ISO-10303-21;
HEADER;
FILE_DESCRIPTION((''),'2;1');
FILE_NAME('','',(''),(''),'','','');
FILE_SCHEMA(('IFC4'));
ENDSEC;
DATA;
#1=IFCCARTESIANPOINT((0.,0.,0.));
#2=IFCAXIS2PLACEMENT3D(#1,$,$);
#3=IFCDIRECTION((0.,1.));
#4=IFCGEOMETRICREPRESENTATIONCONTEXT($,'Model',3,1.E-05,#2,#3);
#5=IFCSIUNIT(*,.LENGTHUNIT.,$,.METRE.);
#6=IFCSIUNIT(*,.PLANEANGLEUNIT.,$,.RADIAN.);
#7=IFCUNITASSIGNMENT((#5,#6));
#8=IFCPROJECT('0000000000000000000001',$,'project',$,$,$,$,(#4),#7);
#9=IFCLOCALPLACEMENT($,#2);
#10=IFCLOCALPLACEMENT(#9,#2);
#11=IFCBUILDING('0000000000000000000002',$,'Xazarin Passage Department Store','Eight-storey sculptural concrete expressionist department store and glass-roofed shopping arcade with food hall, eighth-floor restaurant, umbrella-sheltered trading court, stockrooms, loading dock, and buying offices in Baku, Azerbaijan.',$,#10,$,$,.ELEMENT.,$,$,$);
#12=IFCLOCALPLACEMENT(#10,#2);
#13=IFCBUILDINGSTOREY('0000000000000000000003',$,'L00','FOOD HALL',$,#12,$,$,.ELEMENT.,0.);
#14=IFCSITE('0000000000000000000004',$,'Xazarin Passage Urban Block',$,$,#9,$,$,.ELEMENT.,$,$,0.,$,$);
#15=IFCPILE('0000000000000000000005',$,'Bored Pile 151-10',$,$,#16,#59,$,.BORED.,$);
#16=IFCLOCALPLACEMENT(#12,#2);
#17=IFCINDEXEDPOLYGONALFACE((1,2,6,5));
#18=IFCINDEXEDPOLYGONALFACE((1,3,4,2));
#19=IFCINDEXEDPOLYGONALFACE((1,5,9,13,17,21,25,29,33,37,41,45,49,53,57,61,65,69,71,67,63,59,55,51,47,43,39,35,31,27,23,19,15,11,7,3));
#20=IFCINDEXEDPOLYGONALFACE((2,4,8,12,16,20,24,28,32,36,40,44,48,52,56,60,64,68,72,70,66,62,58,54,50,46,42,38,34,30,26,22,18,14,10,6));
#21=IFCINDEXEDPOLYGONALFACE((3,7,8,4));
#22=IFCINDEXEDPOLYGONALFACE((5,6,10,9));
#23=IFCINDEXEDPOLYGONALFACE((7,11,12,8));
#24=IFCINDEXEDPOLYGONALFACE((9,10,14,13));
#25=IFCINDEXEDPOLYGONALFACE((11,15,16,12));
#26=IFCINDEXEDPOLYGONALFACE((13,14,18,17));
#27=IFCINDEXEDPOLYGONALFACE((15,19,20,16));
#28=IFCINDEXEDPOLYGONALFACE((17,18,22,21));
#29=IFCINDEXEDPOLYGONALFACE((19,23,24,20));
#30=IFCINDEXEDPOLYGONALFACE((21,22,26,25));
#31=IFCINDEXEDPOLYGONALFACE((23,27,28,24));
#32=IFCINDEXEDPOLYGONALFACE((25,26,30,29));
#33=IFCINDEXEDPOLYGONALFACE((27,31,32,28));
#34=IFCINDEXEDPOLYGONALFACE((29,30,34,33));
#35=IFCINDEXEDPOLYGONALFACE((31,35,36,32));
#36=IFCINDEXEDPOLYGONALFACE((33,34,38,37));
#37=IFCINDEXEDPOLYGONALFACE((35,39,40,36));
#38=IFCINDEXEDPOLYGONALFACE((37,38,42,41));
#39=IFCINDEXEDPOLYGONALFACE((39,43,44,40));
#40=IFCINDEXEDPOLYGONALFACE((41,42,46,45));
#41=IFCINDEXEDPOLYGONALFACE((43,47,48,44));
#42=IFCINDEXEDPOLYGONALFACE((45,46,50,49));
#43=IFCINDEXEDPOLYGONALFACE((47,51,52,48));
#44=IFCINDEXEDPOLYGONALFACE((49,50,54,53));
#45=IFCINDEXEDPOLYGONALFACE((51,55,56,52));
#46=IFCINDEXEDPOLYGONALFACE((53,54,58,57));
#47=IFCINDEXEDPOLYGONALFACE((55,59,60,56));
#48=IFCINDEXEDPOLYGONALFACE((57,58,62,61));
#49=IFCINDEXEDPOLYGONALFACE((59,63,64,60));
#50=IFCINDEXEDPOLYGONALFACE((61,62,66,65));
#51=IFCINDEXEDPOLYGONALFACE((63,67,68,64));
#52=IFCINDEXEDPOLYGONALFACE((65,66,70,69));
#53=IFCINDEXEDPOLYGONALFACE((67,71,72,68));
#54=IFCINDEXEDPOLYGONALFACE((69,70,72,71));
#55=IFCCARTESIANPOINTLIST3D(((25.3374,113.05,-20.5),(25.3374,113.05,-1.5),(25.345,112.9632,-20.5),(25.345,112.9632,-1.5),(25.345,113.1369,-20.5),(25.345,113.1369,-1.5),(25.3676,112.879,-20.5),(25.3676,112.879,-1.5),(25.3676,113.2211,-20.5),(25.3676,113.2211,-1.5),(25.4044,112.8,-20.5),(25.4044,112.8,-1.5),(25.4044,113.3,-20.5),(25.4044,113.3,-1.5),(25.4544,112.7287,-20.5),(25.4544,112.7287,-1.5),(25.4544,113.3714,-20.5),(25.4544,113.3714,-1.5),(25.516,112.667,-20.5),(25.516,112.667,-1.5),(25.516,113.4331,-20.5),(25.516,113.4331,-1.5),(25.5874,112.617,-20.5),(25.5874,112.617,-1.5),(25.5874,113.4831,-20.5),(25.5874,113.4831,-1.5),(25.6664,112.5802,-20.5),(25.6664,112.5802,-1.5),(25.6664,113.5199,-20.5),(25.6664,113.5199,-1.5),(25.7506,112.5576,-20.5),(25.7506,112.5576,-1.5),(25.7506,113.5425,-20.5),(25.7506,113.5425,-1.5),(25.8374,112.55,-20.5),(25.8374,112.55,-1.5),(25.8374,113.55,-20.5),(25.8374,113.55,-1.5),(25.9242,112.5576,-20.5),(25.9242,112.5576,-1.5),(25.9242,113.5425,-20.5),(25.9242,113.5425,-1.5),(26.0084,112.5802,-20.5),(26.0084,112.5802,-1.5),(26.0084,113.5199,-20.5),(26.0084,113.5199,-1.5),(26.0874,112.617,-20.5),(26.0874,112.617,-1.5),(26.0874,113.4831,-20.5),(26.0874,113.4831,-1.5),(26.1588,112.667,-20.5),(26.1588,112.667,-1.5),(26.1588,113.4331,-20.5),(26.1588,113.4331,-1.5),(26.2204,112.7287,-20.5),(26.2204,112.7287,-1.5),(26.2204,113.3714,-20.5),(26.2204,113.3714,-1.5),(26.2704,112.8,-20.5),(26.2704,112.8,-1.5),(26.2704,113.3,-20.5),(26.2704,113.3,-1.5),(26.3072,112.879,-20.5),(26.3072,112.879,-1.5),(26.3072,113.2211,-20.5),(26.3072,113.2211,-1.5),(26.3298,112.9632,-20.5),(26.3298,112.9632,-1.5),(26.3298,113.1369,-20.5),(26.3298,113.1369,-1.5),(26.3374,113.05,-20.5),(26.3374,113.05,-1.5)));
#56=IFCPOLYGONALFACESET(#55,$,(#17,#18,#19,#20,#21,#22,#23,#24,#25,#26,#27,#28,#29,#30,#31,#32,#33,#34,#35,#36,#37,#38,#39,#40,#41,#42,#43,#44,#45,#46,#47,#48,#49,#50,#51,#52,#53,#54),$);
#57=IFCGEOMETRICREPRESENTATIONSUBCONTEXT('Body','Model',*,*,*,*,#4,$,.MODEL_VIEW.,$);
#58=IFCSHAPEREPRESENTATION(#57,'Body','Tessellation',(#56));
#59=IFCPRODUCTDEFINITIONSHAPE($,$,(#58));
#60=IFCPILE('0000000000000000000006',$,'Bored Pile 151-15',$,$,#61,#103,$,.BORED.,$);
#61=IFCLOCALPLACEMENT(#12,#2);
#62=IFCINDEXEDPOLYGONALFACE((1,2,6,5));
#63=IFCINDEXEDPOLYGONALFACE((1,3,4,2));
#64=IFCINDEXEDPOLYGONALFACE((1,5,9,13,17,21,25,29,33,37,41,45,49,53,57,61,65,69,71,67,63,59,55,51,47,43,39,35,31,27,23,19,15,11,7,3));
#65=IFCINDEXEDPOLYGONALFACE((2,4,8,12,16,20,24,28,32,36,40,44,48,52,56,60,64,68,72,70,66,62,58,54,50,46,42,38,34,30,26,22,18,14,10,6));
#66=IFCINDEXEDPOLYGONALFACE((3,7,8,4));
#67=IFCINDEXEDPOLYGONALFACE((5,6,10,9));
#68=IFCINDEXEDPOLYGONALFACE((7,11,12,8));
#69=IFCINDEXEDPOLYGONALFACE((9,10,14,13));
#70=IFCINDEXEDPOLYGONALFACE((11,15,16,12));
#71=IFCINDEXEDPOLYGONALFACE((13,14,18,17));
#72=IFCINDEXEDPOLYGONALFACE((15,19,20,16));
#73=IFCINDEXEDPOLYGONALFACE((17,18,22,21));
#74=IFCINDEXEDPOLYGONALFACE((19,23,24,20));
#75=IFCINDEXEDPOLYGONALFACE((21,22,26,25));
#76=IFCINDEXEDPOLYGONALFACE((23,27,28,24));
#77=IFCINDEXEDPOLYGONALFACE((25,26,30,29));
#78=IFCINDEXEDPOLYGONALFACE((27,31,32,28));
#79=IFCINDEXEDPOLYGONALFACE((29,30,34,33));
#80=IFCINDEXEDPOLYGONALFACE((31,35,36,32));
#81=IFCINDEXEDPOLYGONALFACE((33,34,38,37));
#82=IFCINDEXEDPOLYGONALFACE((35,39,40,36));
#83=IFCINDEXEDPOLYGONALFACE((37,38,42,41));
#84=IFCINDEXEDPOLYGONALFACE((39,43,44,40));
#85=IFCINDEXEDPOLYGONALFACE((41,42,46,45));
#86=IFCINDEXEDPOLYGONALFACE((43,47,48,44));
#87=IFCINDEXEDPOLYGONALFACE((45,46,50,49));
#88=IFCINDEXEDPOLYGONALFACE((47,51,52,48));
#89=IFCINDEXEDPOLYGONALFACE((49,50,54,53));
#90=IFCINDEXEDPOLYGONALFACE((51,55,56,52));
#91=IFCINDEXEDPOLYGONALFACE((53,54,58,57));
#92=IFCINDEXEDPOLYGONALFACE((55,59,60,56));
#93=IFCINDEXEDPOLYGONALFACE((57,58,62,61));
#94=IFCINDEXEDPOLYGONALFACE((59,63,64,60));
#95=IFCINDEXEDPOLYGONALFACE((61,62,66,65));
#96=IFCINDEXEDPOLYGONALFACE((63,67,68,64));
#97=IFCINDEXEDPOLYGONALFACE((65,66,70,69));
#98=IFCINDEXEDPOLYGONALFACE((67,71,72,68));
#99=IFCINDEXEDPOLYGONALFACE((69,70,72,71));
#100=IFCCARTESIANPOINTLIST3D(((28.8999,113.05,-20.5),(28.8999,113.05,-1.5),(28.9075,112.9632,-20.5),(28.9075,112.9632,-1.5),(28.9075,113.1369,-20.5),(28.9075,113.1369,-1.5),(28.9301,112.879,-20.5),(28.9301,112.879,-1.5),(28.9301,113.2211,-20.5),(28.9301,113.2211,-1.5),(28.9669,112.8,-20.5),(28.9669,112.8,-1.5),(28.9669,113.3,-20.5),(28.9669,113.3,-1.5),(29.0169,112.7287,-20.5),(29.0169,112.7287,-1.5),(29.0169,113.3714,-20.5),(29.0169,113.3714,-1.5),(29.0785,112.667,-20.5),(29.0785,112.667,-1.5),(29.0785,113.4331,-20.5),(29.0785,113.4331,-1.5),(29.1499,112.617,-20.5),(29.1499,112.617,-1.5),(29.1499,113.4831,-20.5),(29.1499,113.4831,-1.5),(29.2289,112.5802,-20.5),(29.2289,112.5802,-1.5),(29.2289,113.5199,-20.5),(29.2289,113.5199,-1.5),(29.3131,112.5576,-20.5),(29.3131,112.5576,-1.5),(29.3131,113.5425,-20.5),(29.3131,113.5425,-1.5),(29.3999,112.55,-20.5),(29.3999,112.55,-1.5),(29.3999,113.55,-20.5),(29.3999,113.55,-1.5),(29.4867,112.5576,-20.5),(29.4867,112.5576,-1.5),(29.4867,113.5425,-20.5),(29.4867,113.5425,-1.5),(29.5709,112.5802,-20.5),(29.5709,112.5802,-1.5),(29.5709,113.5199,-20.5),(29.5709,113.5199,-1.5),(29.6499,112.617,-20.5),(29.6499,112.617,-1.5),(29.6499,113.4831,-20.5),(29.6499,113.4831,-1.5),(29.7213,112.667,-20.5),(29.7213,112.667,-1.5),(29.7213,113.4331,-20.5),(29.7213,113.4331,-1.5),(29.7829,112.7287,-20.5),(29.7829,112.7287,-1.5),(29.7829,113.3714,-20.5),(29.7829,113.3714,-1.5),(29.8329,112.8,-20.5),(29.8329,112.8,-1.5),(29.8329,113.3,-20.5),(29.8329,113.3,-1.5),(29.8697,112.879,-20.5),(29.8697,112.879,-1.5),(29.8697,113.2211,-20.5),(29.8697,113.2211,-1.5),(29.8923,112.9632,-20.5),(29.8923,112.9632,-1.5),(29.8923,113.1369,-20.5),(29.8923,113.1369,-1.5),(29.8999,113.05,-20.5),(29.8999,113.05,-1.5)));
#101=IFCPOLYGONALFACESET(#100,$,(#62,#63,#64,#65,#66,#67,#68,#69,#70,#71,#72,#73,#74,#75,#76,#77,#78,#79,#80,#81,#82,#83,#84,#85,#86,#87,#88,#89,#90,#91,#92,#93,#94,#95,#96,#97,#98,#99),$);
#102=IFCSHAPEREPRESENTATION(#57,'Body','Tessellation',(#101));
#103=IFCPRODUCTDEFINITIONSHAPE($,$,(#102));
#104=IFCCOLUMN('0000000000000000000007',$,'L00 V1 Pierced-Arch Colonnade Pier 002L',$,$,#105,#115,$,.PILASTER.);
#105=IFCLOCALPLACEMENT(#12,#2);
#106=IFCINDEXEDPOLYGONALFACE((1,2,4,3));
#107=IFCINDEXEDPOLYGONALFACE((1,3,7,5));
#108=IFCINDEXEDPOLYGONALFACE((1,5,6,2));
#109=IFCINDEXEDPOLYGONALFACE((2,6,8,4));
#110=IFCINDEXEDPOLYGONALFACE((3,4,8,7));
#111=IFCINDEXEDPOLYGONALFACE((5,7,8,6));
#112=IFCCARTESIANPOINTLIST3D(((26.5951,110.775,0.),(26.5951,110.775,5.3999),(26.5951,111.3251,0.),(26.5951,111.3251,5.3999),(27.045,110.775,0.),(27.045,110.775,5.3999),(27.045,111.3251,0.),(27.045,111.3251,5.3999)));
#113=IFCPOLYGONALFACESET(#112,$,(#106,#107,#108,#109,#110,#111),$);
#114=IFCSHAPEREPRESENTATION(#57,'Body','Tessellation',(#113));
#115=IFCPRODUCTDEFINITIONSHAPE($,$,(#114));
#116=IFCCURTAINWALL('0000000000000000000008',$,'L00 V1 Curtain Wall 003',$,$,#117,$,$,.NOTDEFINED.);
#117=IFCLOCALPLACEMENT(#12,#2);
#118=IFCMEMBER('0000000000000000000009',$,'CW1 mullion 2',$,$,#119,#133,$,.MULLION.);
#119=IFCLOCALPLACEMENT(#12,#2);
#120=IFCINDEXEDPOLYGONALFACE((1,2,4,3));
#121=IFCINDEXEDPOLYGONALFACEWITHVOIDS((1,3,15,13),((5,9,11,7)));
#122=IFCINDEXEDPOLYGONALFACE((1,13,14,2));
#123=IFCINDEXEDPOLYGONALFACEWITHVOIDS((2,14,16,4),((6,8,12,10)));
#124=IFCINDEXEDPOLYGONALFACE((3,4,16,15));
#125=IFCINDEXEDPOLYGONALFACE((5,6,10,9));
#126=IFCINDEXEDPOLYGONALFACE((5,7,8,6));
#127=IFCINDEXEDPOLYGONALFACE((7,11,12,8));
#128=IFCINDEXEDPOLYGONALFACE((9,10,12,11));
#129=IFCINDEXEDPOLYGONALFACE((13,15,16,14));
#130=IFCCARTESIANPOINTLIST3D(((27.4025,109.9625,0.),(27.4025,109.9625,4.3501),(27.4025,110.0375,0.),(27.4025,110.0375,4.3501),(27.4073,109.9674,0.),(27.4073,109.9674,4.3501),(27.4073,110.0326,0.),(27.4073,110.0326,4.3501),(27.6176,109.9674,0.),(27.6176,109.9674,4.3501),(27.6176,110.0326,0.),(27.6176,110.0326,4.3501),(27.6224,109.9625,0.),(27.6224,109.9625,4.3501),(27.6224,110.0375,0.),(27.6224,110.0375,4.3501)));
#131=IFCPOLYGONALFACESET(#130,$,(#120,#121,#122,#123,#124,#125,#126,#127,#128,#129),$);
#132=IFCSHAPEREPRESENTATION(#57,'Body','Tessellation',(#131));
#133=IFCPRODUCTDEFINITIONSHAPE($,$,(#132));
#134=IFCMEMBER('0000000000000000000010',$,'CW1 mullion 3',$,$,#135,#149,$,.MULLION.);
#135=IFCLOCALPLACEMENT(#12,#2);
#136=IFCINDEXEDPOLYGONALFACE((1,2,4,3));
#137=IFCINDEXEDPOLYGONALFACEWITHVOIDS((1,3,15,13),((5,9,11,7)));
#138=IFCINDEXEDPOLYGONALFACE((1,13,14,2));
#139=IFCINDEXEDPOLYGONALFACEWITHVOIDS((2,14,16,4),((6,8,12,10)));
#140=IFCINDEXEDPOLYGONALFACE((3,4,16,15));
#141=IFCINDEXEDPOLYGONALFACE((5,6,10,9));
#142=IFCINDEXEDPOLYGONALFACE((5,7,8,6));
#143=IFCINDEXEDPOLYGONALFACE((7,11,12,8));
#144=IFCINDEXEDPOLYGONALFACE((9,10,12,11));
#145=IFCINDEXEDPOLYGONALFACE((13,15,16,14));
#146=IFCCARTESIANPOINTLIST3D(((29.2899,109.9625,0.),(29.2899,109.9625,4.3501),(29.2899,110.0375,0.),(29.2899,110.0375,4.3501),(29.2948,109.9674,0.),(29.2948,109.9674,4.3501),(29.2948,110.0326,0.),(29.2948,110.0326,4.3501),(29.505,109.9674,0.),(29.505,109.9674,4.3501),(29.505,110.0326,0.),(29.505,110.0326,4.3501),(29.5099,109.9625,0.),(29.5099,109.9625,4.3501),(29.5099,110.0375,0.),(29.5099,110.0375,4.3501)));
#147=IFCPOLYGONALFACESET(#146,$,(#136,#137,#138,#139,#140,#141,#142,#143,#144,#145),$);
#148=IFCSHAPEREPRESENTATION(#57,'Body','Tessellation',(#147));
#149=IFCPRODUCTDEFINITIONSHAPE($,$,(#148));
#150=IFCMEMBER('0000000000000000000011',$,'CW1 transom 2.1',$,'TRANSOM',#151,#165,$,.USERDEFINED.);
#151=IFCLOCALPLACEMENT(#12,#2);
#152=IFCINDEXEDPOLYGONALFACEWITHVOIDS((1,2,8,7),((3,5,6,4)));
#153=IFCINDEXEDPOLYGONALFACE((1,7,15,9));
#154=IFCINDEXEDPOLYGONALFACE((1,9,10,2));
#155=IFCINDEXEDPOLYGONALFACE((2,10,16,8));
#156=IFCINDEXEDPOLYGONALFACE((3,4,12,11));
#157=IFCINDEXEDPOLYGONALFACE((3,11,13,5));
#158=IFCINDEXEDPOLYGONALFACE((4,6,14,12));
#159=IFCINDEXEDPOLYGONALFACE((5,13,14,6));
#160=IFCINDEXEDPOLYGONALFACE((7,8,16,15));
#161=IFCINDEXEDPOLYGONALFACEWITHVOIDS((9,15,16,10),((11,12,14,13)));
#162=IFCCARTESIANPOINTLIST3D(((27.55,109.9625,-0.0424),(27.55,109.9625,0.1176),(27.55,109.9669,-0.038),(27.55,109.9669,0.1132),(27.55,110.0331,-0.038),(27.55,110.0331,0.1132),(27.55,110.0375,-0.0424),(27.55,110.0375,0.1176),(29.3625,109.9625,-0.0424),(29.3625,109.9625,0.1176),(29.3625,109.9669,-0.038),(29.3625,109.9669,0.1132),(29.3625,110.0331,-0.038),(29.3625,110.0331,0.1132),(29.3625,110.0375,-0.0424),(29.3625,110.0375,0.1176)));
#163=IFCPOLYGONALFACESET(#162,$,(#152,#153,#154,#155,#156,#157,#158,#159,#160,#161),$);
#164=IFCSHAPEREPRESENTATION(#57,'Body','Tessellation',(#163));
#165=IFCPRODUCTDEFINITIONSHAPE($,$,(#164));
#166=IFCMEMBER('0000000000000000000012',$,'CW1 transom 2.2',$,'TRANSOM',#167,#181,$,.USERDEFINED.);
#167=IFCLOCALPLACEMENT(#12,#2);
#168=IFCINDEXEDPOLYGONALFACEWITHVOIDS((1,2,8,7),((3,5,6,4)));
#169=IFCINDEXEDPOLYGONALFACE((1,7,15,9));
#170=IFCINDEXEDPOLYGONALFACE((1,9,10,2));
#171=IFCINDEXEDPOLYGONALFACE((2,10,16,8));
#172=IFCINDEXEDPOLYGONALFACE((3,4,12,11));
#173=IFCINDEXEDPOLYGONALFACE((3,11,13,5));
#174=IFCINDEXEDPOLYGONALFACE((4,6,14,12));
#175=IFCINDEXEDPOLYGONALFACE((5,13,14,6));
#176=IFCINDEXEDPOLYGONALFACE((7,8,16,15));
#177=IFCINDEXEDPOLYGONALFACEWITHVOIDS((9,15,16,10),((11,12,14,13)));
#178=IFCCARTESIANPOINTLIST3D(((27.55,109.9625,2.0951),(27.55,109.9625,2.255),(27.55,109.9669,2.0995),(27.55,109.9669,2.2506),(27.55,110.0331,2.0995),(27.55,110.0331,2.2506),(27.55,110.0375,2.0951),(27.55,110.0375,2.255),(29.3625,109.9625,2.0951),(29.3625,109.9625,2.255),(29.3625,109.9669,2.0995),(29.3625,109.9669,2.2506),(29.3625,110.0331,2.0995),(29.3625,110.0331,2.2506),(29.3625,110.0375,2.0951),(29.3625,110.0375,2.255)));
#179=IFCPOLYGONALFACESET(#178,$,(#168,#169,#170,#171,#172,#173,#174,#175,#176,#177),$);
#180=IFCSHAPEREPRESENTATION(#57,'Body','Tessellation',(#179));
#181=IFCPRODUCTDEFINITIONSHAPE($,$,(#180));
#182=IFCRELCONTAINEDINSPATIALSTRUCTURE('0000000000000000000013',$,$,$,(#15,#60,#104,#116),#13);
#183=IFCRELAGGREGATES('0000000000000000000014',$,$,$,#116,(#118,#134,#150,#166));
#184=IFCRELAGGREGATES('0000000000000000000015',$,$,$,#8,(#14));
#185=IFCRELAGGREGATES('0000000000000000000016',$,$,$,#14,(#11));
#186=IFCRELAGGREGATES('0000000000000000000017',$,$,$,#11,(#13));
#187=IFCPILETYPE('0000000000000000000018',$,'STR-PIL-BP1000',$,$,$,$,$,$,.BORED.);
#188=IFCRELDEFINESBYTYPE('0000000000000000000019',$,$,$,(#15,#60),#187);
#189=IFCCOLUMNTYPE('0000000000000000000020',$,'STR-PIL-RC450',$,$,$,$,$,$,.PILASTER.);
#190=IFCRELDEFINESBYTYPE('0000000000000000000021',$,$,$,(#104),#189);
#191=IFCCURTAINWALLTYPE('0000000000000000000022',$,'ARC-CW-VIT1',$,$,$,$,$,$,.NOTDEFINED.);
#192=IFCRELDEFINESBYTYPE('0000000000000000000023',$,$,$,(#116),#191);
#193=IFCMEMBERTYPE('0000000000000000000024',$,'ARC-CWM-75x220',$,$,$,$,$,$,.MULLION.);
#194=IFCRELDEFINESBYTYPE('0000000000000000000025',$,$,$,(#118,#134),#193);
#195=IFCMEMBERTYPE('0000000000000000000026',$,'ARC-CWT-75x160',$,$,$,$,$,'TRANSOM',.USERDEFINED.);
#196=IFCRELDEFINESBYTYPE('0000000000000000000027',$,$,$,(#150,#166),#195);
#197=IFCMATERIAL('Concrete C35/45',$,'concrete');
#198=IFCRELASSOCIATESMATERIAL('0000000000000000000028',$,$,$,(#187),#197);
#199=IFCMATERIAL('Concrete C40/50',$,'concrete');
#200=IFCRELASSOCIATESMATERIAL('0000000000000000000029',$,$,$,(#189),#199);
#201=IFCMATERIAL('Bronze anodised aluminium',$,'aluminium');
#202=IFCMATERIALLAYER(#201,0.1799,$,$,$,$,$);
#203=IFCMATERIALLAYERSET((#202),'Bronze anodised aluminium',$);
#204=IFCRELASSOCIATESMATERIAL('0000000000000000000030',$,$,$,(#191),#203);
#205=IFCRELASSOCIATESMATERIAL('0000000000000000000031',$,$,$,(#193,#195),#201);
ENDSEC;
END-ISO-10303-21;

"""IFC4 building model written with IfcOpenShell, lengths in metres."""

from ifc_helpers import new_model, si_unit, direction, frame, origin, origin_2d, place, context, subcontext, project, spatial, rectangle, hollow_rectangle, circle, extrude, material, layer, layer_set, material_profile, profile_set, type_object, element, aggregate, save


model = new_model("IFC4")

# Units and contexts
model_context = context("Model", 3, precision=1e-05, world=origin(), true_north=direction((0.0, 1.0)))
body_context = subcontext(model_context, "Body", "Model", "MODEL_VIEW")
ifc_project = project(units=[si_unit("LENGTHUNIT", "METRE"), si_unit("PLANEANGLEUNIT", "RADIAN")], contexts=[model_context])

# Site, building, storey
site_placement = place(None, origin())
site = spatial("IfcSite", under=ifc_project, at=site_placement, Name="Xazarin Passage Urban Block", CompositionType="ELEMENT", RefElevation=0.0)
building_placement = place(site_placement, origin())
building = spatial("IfcBuilding", under=site, at=building_placement, Name="Xazarin Passage Department Store", Description="Eight-storey sculptural concrete expressionist department store and glass-roofed shopping arcade with food hall, eighth-floor restaurant, umbrella-sheltered trading court, stockrooms, loading dock, and buying offices in Baku, Azerbaijan.", CompositionType="ELEMENT")
storey_placement = place(building_placement, origin())
storey = spatial("IfcBuildingStorey", under=building, at=storey_placement, Name="L00", Description="FOOD HALL", CompositionType="ELEMENT", Elevation=0.0)

# Piles
ifc_material_1 = material(Name="Concrete C35/45", Category="concrete")
ifc_material_profile_1 = material_profile(ifc_material_1, circle(Radius=0.5, at=origin_2d()), Name="BP 1000")
ifc_profile_set_1 = profile_set([ifc_material_profile_1], Name="Concrete C35/45")
pile_type = type_object("IfcPileType", Name="STR-PIL-BP1000", PredefinedType="BORED", material=ifc_profile_set_1)
for number, where, z_axis, x_axis, name in (
    (1, (25.8374, 113.05, -1.5), (0.0, 0.0, -1.0), (1.0, 0.0, 0.0), "Bored Pile 151-10"),
    (2, (29.3999, 113.05, -1.5), (0.0, 0.0, -1.0), (1.0, 0.0, 0.0), "Bored Pile 151-15"),
):
    element("IfcPile", number, at=place(storey_placement, frame(where, z_axis=z_axis, x_axis=x_axis)), inside=storey, type_object=pile_type, Name=name, PredefinedType="BORED", context=body_context, shape_type="SweptSolid", body=[
        extrude(circle(Radius=0.5, at=origin_2d()), origin(), (0.0, 0.0, 1.0), 19.0),
    ])

# Column
ifc_material_2 = material(Name="Concrete C40/50", Category="concrete")
ifc_material_profile_2 = material_profile(ifc_material_2, rectangle(XDim=0.45, YDim=0.55, at=origin_2d()), Name="RC 450x550")
ifc_profile_set_2 = profile_set([ifc_material_profile_2], Name="Concrete C40/50")
column_type = type_object("IfcColumnType", Name="STR-PIL-RC450", PredefinedType="PILASTER", material=ifc_profile_set_2)
column_placement = place(storey_placement, frame((26.8201, 111.05, 0.0), z_axis=(0.0, 0.0, 1.0), x_axis=(1.0, 0.0, 0.0)))
element("IfcColumn", 3, at=column_placement, inside=storey, type_object=column_type, Name="L00 V1 Pierced-Arch Colonnade Pier 002L", PredefinedType="PILASTER", context=body_context, shape_type="SweptSolid", body=[
    extrude(rectangle(XDim=0.45, YDim=0.55, at=origin_2d()), origin(), (0.0, 0.0, 1.0), 5.3999),
])

# Curtain wall, members
ifc_material_3 = material(Name="Bronze anodised aluminium", Category="aluminium")
ifc_layer_1 = layer(ifc_material_3, 0.1799)
ifc_layer_set_1 = layer_set([ifc_layer_1], Name="Bronze anodised aluminium")
curtain_wall_type = type_object("IfcCurtainWallType", Name="ARC-CW-VIT1", PredefinedType="NOTDEFINED", material=ifc_layer_set_1)
curtain_wall_placement = place(storey_placement, origin())
curtain_wall = element("IfcCurtainWall", 4, at=curtain_wall_placement, inside=storey, type_object=curtain_wall_type, Name="L00 V1 Curtain Wall 003", PredefinedType="NOTDEFINED")
ifc_material_profile_3 = material_profile(ifc_material_3, hollow_rectangle(XDim=0.075, YDim=0.22, WallThickness=0.0049, at=origin_2d()), Name="ALU 75x220")
ifc_profile_set_3 = profile_set([ifc_material_profile_3], Name="Bronze anodised aluminium")
member_type_1 = type_object("IfcMemberType", Name="ARC-CWM-75x220", PredefinedType="MULLION", material=ifc_profile_set_3)
member_1_placement = place(storey_placement, frame((27.5125, 110.0, 0.0), z_axis=(0.0, 0.0, 1.0), x_axis=(0.0, 1.0, 0.0)))
member_1 = element("IfcMember", 5, at=member_1_placement, type_object=member_type_1, Name="CW1 mullion 2", PredefinedType="MULLION", context=body_context, shape_type="SweptSolid", body=[
    extrude(hollow_rectangle(XDim=0.075, YDim=0.22, WallThickness=0.0049, at=origin_2d()), origin(), (0.0, 0.0, 1.0), 4.3501),
])
member_2_placement = place(storey_placement, frame((29.3999, 110.0, 0.0), z_axis=(0.0, 0.0, 1.0), x_axis=(0.0, 1.0, 0.0)))
member_2 = element("IfcMember", 6, at=member_2_placement, type_object=member_type_1, Name="CW1 mullion 3", PredefinedType="MULLION", context=body_context, shape_type="SweptSolid", body=[
    extrude(hollow_rectangle(XDim=0.075, YDim=0.22, WallThickness=0.0049, at=origin_2d()), origin(), (0.0, 0.0, 1.0), 4.3501),
])
ifc_material_profile_4 = material_profile(ifc_material_3, hollow_rectangle(XDim=0.075, YDim=0.1599, WallThickness=0.0044, at=origin_2d()), Name="ALU 75x160")
ifc_profile_set_4 = profile_set([ifc_material_profile_4], Name="Bronze anodised aluminium")
member_type_2 = type_object("IfcMemberType", Name="ARC-CWT-75x160", ElementType="TRANSOM", PredefinedType="USERDEFINED", material=ifc_profile_set_4)
member_3_placement = place(storey_placement, frame((27.55, 110.0, 0.0376), z_axis=(1.0, 0.0, 0.0), x_axis=(0.0, 1.0, 0.0)))
member_3 = element("IfcMember", 7, at=member_3_placement, type_object=member_type_2, Name="CW1 transom 2.1", ObjectType="TRANSOM", PredefinedType="USERDEFINED", context=body_context, shape_type="SweptSolid", body=[
    extrude(hollow_rectangle(XDim=0.075, YDim=0.1599, WallThickness=0.0044, at=origin_2d()), origin(), (0.0, 0.0, 1.0), 1.8125),
])
member_4_placement = place(storey_placement, frame((27.55, 110.0, 2.175), z_axis=(1.0, 0.0, 0.0), x_axis=(0.0, 1.0, 0.0)))
member_4 = element("IfcMember", 8, at=member_4_placement, type_object=member_type_2, Name="CW1 transom 2.2", ObjectType="TRANSOM", PredefinedType="USERDEFINED", context=body_context, shape_type="SweptSolid", body=[
    extrude(hollow_rectangle(XDim=0.075, YDim=0.1599, WallThickness=0.0044, at=origin_2d()), origin(), (0.0, 0.0, 1.0), 1.8125),
])

aggregate(curtain_wall, [member_1, member_2, member_3, member_4])

save(model, "model.ifc")
